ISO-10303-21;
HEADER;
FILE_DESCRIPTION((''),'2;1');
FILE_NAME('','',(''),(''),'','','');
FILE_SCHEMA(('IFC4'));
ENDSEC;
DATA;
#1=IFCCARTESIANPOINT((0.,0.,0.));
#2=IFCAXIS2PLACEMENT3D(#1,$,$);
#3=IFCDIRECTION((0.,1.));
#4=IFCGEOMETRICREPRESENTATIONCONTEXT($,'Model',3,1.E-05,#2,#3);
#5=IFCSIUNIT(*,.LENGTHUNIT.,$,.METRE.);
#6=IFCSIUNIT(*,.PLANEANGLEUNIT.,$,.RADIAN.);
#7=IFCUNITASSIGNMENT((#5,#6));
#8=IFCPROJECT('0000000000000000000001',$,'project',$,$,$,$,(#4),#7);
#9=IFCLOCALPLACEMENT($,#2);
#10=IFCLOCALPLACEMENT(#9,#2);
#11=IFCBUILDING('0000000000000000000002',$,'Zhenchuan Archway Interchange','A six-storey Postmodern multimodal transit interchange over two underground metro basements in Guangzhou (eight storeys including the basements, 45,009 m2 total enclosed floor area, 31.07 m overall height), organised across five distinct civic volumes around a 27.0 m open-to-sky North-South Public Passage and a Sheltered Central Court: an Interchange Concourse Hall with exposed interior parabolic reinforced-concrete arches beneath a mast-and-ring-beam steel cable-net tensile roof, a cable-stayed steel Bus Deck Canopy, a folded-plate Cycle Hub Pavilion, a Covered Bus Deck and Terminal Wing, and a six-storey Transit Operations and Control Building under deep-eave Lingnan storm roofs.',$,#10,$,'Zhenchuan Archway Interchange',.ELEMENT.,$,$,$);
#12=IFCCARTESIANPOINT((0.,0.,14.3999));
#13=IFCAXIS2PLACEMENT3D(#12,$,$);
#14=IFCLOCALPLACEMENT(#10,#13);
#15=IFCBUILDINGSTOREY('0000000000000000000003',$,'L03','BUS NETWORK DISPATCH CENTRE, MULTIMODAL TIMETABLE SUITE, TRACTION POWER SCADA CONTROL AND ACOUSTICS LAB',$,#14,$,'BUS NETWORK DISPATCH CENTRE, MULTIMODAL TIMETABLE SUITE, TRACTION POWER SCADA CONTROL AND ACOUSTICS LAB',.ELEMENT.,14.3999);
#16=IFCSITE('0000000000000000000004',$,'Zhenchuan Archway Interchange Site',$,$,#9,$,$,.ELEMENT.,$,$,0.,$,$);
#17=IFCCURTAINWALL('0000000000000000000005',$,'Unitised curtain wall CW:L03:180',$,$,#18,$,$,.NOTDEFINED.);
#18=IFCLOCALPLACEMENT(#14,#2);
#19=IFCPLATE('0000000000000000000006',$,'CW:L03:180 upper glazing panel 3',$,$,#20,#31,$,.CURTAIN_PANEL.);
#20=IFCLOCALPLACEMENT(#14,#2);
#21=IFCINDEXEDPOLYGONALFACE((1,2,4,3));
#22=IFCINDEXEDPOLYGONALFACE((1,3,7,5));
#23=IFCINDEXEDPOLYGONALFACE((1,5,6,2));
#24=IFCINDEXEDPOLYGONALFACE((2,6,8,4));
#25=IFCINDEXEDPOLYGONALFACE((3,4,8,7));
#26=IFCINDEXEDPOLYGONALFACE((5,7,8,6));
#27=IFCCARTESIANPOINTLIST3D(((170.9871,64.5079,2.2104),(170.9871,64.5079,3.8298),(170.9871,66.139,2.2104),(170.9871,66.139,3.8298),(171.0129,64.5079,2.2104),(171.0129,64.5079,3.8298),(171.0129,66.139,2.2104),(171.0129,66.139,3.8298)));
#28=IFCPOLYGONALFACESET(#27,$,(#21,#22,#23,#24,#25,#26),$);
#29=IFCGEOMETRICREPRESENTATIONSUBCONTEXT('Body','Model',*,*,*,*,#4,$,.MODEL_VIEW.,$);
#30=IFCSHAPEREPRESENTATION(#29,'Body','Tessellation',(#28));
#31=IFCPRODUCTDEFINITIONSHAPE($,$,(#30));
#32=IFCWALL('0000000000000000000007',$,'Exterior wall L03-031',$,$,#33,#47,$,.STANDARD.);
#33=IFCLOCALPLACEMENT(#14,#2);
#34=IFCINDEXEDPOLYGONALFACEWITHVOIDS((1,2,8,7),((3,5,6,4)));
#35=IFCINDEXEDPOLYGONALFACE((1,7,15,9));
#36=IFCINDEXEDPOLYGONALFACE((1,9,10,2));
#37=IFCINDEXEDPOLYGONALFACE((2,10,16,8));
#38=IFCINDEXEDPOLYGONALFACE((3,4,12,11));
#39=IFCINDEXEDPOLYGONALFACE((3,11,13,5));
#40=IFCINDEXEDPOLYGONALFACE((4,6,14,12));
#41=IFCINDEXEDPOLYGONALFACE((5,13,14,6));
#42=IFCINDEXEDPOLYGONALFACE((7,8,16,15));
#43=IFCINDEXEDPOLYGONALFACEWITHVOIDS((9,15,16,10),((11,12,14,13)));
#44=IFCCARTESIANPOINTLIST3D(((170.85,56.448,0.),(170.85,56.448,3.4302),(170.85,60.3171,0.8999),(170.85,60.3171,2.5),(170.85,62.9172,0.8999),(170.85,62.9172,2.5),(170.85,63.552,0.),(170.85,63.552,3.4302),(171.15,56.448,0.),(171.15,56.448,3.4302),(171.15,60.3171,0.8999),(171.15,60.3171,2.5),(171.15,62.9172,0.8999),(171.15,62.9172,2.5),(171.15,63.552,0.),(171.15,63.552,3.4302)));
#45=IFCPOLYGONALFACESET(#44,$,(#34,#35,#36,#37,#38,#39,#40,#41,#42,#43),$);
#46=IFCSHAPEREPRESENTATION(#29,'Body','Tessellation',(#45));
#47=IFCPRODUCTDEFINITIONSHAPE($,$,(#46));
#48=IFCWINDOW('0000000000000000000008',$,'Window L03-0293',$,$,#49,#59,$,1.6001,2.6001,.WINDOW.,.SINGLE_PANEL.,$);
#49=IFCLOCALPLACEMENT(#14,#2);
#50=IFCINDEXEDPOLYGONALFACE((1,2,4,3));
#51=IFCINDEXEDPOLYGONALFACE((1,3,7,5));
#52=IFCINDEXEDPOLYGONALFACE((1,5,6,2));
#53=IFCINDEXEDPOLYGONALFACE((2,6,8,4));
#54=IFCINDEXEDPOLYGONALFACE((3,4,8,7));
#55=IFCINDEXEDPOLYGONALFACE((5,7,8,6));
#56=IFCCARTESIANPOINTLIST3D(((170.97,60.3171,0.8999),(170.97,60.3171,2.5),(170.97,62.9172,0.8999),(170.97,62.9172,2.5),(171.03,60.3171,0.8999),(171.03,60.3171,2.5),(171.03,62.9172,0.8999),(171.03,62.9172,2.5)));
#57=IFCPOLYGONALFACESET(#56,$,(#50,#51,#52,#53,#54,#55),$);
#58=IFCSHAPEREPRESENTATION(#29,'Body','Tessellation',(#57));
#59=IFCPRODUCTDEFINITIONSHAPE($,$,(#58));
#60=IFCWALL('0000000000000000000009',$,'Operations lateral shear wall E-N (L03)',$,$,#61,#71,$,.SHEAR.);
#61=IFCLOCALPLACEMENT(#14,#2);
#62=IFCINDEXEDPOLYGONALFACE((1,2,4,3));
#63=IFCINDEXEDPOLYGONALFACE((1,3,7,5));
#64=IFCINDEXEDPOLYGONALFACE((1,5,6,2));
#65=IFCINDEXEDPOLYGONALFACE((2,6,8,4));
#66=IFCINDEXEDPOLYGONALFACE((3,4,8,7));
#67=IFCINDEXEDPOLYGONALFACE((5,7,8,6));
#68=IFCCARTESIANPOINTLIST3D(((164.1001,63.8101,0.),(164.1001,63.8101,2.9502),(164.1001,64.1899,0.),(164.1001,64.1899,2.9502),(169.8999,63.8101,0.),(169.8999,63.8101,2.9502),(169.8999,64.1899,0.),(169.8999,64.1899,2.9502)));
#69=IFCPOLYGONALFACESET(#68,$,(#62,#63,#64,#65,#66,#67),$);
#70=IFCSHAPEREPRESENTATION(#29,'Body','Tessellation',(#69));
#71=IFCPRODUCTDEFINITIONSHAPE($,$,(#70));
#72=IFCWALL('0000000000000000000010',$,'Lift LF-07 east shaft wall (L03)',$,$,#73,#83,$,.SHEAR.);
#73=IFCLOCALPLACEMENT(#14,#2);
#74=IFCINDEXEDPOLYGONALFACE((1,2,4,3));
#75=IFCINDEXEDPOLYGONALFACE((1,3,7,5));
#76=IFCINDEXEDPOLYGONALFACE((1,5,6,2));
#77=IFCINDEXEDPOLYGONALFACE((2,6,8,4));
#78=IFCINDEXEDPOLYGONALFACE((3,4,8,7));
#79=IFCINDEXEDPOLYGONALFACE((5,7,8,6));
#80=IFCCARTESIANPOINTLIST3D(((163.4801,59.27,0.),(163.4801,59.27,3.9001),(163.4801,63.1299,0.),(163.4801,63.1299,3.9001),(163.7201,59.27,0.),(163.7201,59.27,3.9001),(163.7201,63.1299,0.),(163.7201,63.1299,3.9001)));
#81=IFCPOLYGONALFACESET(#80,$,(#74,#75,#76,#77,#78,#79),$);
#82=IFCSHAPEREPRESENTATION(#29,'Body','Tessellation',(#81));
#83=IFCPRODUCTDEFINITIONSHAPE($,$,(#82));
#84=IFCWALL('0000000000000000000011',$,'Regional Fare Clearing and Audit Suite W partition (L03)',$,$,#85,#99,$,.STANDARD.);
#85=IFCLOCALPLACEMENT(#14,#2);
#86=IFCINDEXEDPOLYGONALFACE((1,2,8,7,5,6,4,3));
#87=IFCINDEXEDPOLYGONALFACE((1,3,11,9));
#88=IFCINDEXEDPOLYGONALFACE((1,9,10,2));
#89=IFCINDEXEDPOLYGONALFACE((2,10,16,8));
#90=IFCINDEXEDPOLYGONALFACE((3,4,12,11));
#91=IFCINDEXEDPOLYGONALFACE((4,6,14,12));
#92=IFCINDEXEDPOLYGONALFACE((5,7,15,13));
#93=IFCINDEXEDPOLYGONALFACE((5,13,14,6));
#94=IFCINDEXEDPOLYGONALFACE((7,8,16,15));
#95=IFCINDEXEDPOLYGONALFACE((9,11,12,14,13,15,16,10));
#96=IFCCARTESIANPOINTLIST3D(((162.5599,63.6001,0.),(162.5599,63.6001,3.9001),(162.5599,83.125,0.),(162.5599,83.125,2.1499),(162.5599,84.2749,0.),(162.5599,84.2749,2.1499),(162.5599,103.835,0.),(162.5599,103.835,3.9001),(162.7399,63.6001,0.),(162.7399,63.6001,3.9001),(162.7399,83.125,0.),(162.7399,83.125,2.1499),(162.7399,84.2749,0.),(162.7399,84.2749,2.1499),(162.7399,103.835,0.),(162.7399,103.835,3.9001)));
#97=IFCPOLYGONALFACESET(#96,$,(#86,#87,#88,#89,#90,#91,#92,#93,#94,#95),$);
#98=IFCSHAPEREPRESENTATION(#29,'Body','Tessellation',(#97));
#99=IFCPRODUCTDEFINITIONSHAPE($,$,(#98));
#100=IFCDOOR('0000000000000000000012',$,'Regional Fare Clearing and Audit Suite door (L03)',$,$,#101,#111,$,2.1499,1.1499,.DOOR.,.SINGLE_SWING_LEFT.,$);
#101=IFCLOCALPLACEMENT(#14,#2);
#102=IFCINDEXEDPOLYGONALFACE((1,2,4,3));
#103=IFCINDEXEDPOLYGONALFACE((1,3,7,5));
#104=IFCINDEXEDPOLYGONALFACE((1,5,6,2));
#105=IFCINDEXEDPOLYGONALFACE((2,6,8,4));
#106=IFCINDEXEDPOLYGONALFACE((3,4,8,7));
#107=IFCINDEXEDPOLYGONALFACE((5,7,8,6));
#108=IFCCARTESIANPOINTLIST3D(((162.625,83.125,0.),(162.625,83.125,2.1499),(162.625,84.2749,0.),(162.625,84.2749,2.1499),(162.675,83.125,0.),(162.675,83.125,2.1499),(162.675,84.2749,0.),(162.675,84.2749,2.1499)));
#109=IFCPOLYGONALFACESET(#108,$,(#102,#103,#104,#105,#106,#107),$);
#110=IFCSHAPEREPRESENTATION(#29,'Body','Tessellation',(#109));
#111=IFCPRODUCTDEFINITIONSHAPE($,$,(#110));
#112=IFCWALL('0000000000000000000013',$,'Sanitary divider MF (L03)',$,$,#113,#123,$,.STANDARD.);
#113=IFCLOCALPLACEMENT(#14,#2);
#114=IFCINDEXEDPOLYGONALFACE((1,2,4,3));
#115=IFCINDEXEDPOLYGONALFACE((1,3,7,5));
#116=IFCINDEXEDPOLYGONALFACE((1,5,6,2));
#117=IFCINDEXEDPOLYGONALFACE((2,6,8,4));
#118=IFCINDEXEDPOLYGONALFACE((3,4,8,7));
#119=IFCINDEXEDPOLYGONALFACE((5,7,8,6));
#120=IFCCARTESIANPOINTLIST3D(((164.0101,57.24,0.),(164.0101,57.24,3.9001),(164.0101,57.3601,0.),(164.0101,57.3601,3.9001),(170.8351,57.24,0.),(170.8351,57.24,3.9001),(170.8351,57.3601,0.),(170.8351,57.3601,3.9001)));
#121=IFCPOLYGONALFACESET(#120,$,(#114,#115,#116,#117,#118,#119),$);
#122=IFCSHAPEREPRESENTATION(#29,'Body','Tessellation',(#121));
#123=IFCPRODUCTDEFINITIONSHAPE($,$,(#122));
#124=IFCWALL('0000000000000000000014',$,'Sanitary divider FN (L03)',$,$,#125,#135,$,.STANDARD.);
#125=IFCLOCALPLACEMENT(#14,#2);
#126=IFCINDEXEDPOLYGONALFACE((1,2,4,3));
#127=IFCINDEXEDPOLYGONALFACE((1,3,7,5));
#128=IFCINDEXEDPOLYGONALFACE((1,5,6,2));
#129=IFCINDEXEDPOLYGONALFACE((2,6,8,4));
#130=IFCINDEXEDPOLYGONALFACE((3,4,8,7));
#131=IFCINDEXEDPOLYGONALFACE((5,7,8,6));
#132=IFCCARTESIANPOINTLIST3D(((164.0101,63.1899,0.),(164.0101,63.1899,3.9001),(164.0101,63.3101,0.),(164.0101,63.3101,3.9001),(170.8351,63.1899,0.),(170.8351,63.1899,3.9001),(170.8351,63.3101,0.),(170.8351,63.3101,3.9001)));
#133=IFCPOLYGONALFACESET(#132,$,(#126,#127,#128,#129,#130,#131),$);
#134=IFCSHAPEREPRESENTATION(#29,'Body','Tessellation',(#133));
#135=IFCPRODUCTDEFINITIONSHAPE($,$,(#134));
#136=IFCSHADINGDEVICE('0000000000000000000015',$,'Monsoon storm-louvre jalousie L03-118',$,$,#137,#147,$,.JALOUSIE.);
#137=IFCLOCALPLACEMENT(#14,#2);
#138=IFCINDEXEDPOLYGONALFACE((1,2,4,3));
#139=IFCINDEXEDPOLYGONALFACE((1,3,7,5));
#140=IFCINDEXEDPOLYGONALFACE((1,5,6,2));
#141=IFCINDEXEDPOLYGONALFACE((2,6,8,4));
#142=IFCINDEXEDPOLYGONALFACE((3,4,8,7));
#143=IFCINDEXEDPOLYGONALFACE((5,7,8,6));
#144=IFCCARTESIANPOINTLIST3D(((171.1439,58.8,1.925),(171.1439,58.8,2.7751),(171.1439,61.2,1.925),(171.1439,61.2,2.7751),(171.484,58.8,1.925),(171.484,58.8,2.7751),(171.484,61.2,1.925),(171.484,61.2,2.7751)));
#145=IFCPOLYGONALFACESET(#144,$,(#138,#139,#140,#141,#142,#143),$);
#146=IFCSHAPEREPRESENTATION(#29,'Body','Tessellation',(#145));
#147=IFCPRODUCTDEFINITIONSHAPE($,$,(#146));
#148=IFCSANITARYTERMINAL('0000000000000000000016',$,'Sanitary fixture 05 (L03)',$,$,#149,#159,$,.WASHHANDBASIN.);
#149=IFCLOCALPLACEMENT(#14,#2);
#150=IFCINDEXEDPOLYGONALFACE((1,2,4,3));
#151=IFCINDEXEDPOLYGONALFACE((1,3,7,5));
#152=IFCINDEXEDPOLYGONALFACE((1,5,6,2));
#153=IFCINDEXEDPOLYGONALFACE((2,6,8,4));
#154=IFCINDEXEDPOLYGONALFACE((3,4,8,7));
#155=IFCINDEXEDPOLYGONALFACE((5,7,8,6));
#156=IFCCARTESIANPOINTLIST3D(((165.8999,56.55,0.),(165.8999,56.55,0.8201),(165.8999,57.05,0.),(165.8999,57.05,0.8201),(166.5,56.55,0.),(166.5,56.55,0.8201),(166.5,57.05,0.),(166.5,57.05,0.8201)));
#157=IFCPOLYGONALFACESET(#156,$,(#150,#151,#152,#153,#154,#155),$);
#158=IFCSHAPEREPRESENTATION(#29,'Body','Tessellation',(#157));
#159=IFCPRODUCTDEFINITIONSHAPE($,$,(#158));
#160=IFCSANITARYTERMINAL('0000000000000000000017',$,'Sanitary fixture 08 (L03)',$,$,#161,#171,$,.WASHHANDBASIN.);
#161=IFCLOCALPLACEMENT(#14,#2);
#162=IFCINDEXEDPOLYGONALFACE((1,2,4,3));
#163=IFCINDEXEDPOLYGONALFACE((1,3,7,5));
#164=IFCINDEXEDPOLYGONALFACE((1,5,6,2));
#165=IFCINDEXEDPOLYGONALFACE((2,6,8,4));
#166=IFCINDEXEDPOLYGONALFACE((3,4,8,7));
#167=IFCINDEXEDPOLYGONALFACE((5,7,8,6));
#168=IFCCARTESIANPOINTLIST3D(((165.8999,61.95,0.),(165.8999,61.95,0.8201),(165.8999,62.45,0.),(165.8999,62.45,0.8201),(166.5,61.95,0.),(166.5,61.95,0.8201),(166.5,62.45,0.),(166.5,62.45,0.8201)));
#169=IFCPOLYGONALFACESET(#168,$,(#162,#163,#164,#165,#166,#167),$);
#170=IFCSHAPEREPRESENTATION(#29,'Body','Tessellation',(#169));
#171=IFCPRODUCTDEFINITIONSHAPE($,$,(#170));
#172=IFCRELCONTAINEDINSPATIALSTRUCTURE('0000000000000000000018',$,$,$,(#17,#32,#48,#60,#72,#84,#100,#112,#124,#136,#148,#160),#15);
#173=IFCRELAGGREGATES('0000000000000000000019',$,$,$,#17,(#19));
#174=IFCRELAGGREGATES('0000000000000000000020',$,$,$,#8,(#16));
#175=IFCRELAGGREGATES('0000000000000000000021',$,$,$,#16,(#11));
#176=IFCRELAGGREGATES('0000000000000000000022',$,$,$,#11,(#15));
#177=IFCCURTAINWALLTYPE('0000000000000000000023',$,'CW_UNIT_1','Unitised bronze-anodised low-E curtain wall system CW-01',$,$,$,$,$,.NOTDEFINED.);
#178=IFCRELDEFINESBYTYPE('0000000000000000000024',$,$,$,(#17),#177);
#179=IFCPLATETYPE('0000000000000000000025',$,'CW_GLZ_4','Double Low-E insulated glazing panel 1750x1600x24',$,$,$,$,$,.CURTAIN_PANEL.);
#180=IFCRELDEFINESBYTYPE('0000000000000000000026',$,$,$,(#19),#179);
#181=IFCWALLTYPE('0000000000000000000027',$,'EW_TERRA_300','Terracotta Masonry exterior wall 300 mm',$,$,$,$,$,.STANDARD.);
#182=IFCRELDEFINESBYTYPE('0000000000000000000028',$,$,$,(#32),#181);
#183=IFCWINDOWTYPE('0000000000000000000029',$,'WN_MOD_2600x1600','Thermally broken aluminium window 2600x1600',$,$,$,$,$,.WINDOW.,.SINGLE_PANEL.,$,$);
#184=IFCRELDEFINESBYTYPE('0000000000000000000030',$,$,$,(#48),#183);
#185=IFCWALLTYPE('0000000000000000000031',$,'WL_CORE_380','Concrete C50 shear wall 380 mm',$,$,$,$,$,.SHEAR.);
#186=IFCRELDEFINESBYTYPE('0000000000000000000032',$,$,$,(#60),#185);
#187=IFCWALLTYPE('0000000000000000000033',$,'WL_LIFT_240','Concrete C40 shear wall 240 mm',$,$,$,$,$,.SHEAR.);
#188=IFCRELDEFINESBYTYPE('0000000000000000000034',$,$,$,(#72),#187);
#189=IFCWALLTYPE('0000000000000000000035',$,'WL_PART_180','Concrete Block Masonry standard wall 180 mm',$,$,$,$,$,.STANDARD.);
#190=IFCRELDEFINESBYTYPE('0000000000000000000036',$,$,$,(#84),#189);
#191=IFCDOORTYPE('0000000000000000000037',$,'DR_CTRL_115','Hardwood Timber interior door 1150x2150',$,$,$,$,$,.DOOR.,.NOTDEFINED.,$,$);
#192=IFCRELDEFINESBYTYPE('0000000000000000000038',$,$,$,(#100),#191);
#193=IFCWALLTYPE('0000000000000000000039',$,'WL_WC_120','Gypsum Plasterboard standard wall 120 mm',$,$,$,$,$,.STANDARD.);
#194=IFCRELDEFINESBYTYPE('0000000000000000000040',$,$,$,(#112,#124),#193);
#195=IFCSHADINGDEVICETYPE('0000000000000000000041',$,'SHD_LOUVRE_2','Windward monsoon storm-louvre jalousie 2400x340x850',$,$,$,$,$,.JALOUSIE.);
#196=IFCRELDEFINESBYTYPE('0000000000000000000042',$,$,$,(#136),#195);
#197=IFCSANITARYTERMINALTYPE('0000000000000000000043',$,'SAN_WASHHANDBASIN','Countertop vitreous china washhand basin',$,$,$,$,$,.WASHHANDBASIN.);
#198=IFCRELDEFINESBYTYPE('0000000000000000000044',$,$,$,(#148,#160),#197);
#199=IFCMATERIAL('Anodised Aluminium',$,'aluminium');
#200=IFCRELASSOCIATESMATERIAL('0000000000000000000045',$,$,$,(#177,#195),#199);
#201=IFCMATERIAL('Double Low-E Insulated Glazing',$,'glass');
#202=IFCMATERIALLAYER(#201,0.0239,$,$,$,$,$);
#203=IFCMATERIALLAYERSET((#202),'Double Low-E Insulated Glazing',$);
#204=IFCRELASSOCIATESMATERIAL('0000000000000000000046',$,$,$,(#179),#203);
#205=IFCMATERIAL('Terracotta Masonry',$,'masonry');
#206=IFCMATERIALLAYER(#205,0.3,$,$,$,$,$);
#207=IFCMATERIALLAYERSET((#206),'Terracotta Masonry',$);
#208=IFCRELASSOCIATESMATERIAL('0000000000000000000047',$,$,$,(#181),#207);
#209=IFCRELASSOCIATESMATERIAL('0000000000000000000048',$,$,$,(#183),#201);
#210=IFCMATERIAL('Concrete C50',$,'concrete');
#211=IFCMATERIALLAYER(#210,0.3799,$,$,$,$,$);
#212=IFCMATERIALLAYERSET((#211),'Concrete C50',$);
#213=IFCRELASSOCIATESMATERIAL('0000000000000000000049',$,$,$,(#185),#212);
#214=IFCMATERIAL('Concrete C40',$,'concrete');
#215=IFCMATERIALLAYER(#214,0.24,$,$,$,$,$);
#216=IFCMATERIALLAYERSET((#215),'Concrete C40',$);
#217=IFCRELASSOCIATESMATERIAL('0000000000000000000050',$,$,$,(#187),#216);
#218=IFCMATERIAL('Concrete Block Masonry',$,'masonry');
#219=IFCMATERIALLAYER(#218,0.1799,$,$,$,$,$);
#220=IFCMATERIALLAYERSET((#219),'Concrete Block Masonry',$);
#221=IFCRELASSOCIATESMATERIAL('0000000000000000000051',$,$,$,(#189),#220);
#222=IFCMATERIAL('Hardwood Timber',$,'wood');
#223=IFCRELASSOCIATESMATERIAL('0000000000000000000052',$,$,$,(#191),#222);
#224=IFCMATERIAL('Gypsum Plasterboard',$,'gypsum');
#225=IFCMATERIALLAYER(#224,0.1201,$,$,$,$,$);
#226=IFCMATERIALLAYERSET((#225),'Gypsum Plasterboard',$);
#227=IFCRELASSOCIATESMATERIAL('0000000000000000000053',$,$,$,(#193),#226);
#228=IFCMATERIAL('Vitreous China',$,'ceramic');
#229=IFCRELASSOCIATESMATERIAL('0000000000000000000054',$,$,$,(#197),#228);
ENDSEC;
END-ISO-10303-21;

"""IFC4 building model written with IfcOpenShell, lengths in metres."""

from ifc_helpers import new_model, si_unit, direction, frame, frame_2d, origin, origin_2d, place, context, subcontext, project, spatial, rectangle, extrude, material, layer, layer_set, type_object, element, fill, aggregate, save


model = new_model("IFC4")

# Units and contexts
model_context = context("Model", 3, precision=1e-05, world=origin(), true_north=direction((0.0, 1.0)))
body_context = subcontext(model_context, "Body", "Model", "MODEL_VIEW")
ifc_project = project(units=[si_unit("LENGTHUNIT", "METRE"), si_unit("PLANEANGLEUNIT", "RADIAN")], contexts=[model_context])

# Site, building, storey
site_placement = place(None, origin())
site = spatial("IfcSite", under=ifc_project, at=site_placement, Name="Zhenchuan Archway Interchange Site", CompositionType="ELEMENT", RefElevation=0.0)
building_placement = place(site_placement, origin())
building = spatial("IfcBuilding", under=site, at=building_placement, Name="Zhenchuan Archway Interchange", Description="A six-storey Postmodern multimodal transit interchange over two underground metro basements in Guangzhou (eight storeys including the basements, 45,009 m2 total enclosed floor area, 31.07 m overall height), organised across five distinct civic volumes around a 27.0 m open-to-sky North-South Public Passage and a Sheltered Central Court: an Interchange Concourse Hall with exposed interior parabolic reinforced-concrete arches beneath a mast-and-ring-beam steel cable-net tensile roof, a cable-stayed steel Bus Deck Canopy, a folded-plate Cycle Hub Pavilion, a Covered Bus Deck and Terminal Wing, and a six-storey Transit Operations and Control Building under deep-eave Lingnan storm roofs.", LongName="Zhenchuan Archway Interchange", CompositionType="ELEMENT")
storey_placement = place(building_placement, frame((0.0, 0.0, 14.3999)))
storey = spatial("IfcBuildingStorey", under=building, at=storey_placement, Name="L03", Description="BUS NETWORK DISPATCH CENTRE, MULTIMODAL TIMETABLE SUITE, TRACTION POWER SCADA CONTROL AND ACOUSTICS LAB", LongName="BUS NETWORK DISPATCH CENTRE, MULTIMODAL TIMETABLE SUITE, TRACTION POWER SCADA CONTROL AND ACOUSTICS LAB", CompositionType="ELEMENT", Elevation=14.3999)

# Shared definitions
ifc_material_1 = material(Name="Concrete C40", Category="concrete")

# Curtain wall
ifc_material_2 = material(Name="Anodised Aluminium", Category="aluminium")
curtain_wall_type = type_object("IfcCurtainWallType", Name="CW_UNIT_1", Description="Unitised bronze-anodised low-E curtain wall system CW-01", PredefinedType="NOTDEFINED", material=ifc_material_2)
curtain_wall_placement = place(storey_placement, origin())
curtain_wall = element("IfcCurtainWall", 1, at=curtain_wall_placement, inside=storey, type_object=curtain_wall_type, Name="Unitised curtain wall CW:L03:180", PredefinedType="NOTDEFINED")

# Plate
ifc_material_3 = material(Name="Double Low-E Insulated Glazing", Category="glass")
ifc_layer_1 = layer(ifc_material_3, 0.0239)
ifc_layer_set_1 = layer_set([ifc_layer_1], Name="Double Low-E Insulated Glazing")
plate_type_1 = type_object("IfcPlateType", Name="CW_GLZ_4", Description="Double Low-E insulated glazing panel 1750x1600x24", PredefinedType="CURTAIN_PANEL", material=ifc_layer_set_1)
plate_1_placement = place(storey_placement, frame((171.0, 65.3235, 2.2104), z_axis=(0.0, 0.0, 1.0), x_axis=(0.0, -1.0, 0.0)))
plate_1 = element("IfcPlate", 2, at=plate_1_placement, type_object=plate_type_1, Name="CW:L03:180 upper glazing panel 3", PredefinedType="CURTAIN_PANEL", context=body_context, shape_type="SweptSolid", body=[
    extrude(rectangle(XDim=1.6311, YDim=0.0259, at=origin_2d()), origin(), (0.0, 0.0, 1.0), 1.6194),
])
aggregate(curtain_wall, [plate_1])

# Wall, opening, window
ifc_material_4 = material(Name="Terracotta Masonry", Category="masonry")
ifc_layer_2 = layer(ifc_material_4, 0.3)
ifc_layer_set_2 = layer_set([ifc_layer_2], Name="Terracotta Masonry")
wall_type_1 = type_object("IfcWallType", Name="EW_TERRA_300", Description="Terracotta Masonry exterior wall 300 mm", PredefinedType="STANDARD", material=ifc_layer_set_2)
wall_1_placement = place(storey_placement, frame((171.0, 63.552, 0.0), z_axis=(0.0, 0.0, 1.0), x_axis=(0.0, -1.0, 0.0)))
wall_1 = element("IfcWall", 3, at=wall_1_placement, inside=storey, type_object=wall_type_1, Name="Exterior wall L03-031", PredefinedType="STANDARD", context=body_context, shape_type="SweptSolid", body=[
    extrude(rectangle(XDim=7.104, YDim=0.3, at=frame_2d((3.552, 0.0))), origin(), (0.0, 0.0, 1.0), 3.4302),
])
opening_1_placement = place(wall_1_placement, frame((0.6348, 0.0, 0.8999)))
opening_1 = element("IfcOpeningElement", 4, at=opening_1_placement, cuts=wall_1, PredefinedType="OPENING", context=body_context, shape_type="SweptSolid", body=[
    extrude(rectangle(XDim=2.6001, YDim=1.6001, at=frame_2d((1.3, 0.8))), frame((0.0, 0.1621, 0.0), z_axis=(0.0, -1.0, 0.0), x_axis=(1.0, 0.0, 0.0)), (0.0, 0.0, 1.0), 0.324),
])
window_type = type_object("IfcWindowType", Name="WN_MOD_2600x1600", Description="Thermally broken aluminium window 2600x1600", PartitioningType="SINGLE_PANEL", PredefinedType="WINDOW", material=ifc_material_3)
window_placement = place(opening_1_placement, origin())
window = element("IfcWindow", 5, at=window_placement, inside=storey, type_object=window_type, Name="Window L03-0293", OverallHeight=1.6001, OverallWidth=2.6001, PartitioningType="SINGLE_PANEL", PredefinedType="WINDOW", context=body_context, shape_type="SweptSolid", body=[
    extrude(rectangle(XDim=2.6001, YDim=1.6001, at=frame_2d((1.3, 0.8))), frame((0.0, 0.03, 0.0), z_axis=(0.0, -1.0, 0.0), x_axis=(1.0, 0.0, 0.0)), (0.0, 0.0, 1.0), 0.0601),
])
fill(opening_1, window)

# Walls
ifc_material_5 = material(Name="Concrete C50", Category="concrete")
ifc_layer_3 = layer(ifc_material_5, 0.3799)
ifc_layer_set_3 = layer_set([ifc_layer_3], Name="Concrete C50")
wall_type_2 = type_object("IfcWallType", Name="WL_CORE_380", Description="Concrete C50 shear wall 380 mm", PredefinedType="SHEAR", material=ifc_layer_set_3)
wall_2_placement = place(storey_placement, frame((164.1001, 64.0, 0.0), z_axis=(0.0, 0.0, 1.0), x_axis=(1.0, 0.0, 0.0)))
element("IfcWall", 6, at=wall_2_placement, inside=storey, type_object=wall_type_2, Name="Operations lateral shear wall E-N (L03)", PredefinedType="SHEAR", context=body_context, shape_type="SweptSolid", body=[
    extrude(rectangle(XDim=5.7998, YDim=0.3799, at=frame_2d((2.8999, 0.0))), origin(), (0.0, 0.0, 1.0), 2.9502),
])
ifc_layer_4 = layer(ifc_material_1, 0.24)
ifc_layer_set_4 = layer_set([ifc_layer_4], Name="Concrete C40")
wall_type_3 = type_object("IfcWallType", Name="WL_LIFT_240", Description="Concrete C40 shear wall 240 mm", PredefinedType="SHEAR", material=ifc_layer_set_4)
wall_3_placement = place(storey_placement, frame((163.6001, 59.27, 0.0), z_axis=(0.0, 0.0, 1.0), x_axis=(0.0, 1.0, 0.0)))
element("IfcWall", 7, at=wall_3_placement, inside=storey, type_object=wall_type_3, Name="Lift LF-07 east shaft wall (L03)", PredefinedType="SHEAR", context=body_context, shape_type="SweptSolid", body=[
    extrude(rectangle(XDim=3.8599, YDim=0.24, at=frame_2d((1.9299, 0.0))), origin(), (0.0, 0.0, 1.0), 3.9001),
])

# Wall, opening, door
ifc_material_6 = material(Name="Concrete Block Masonry", Category="masonry")
ifc_layer_5 = layer(ifc_material_6, 0.1799)
ifc_layer_set_5 = layer_set([ifc_layer_5], Name="Concrete Block Masonry")
wall_type_4 = type_object("IfcWallType", Name="WL_PART_180", Description="Concrete Block Masonry standard wall 180 mm", PredefinedType="STANDARD", material=ifc_layer_set_5)
wall_4_placement = place(storey_placement, frame((162.6499, 63.6001, 0.0), z_axis=(0.0, 0.0, 1.0), x_axis=(0.0, 1.0, 0.0)))
wall_4 = element("IfcWall", 8, at=wall_4_placement, inside=storey, type_object=wall_type_4, Name="Regional Fare Clearing and Audit Suite W partition (L03)", PredefinedType="STANDARD", context=body_context, shape_type="SweptSolid", body=[
    extrude(rectangle(XDim=40.2349, YDim=0.1799, at=frame_2d((20.1174, 0.0))), origin(), (0.0, 0.0, 1.0), 3.9001),
])
opening_2_placement = place(wall_4_placement, frame((19.5249, 0.0, 0.0)))
opening_2 = element("IfcOpeningElement", 9, at=opening_2_placement, cuts=wall_4, PredefinedType="OPENING", context=body_context, shape_type="SweptSolid", body=[
    extrude(rectangle(XDim=1.1499, YDim=2.1499, at=frame_2d((0.575, 1.075))), frame((0.0, 0.1021, 0.0), z_axis=(0.0, -1.0, 0.0), x_axis=(1.0, 0.0, 0.0)), (0.0, 0.0, 1.0), 0.2039),
])
ifc_material_7 = material(Name="Hardwood Timber", Category="wood")
door_type = type_object("IfcDoorType", Name="DR_CTRL_115", Description="Hardwood Timber interior door 1150x2150", OperationType="NOTDEFINED", PredefinedType="DOOR", material=ifc_material_7)
door_placement = place(opening_2_placement, origin())
door = element("IfcDoor", 10, at=door_placement, inside=storey, type_object=door_type, Name="Regional Fare Clearing and Audit Suite door (L03)", OperationType="SINGLE_SWING_LEFT", OverallHeight=2.1499, OverallWidth=1.1499, PredefinedType="DOOR", context=body_context, shape_type="SweptSolid", body=[
    extrude(rectangle(XDim=1.1499, YDim=2.1499, at=frame_2d((0.575, 1.075))), frame((0.0, 0.0249, 0.0), z_axis=(0.0, -1.0, 0.0), x_axis=(1.0, 0.0, 0.0)), (0.0, 0.0, 1.0), 0.05),
])
fill(opening_2, door)

# Walls
ifc_material_8 = material(Name="Gypsum Plasterboard", Category="gypsum")
ifc_layer_6 = layer(ifc_material_8, 0.1201)
ifc_layer_set_6 = layer_set([ifc_layer_6], Name="Gypsum Plasterboard")
wall_type_5 = type_object("IfcWallType", Name="WL_WC_120", Description="Gypsum Plasterboard standard wall 120 mm", PredefinedType="STANDARD", material=ifc_layer_set_6)
for number, where, z_axis, x_axis, name in (
    (11, (164.01, 57.3, 0.0), (0.0, 0.0, 1.0), (1.0, 0.0, 0.0), "Sanitary divider MF (L03)"),
    (12, (164.01, 63.25, 0.0), (0.0, 0.0, 1.0), (1.0, 0.0, 0.0), "Sanitary divider FN (L03)"),
):
    element("IfcWall", number, at=place(storey_placement, frame(where, z_axis=z_axis, x_axis=x_axis)), inside=storey, type_object=wall_type_5, Name=name, PredefinedType="STANDARD", context=body_context, shape_type="SweptSolid", body=[
        extrude(rectangle(XDim=6.825, YDim=0.1201, at=frame_2d((3.4126, 0.0))), origin(), (0.0, 0.0, 1.0), 3.9001),
    ])

# Shading device
shading_device_type = type_object("IfcShadingDeviceType", Name="SHD_LOUVRE_2", Description="Windward monsoon storm-louvre jalousie 2400x340x850", PredefinedType="JALOUSIE", material=ifc_material_2)
shading_device_placement = place(storey_placement, frame((171.314, 60.0, 1.925), z_axis=(0.0, 0.0, 1.0), x_axis=(0.0, -1.0, 0.0)))
element("IfcShadingDevice", 13, at=shading_device_placement, inside=storey, type_object=shading_device_type, Name="Monsoon storm-louvre jalousie L03-118", PredefinedType="JALOUSIE", context=body_context, shape_type="SweptSolid", body=[
    extrude(rectangle(XDim=2.3999, YDim=0.3401, at=origin_2d()), origin(), (0.0, 0.0, 1.0), 0.8501),
])

# Sanitary terminals
ifc_material_9 = material(Name="Vitreous China", Category="ceramic")
sanitary_terminal_type_1 = type_object("IfcSanitaryTerminalType", Name="SAN_WASHHANDBASIN", Description="Countertop vitreous china washhand basin", PredefinedType="WASHHANDBASIN", material=ifc_material_9)
for number, where, z_axis, x_axis, name in (
    (14, (166.2, 56.8, 0.0), (0.0, 0.0, 1.0), (1.0, 0.0, 0.0), "Sanitary fixture 05 (L03)"),
    (15, (166.2, 62.2, 0.0), (0.0, 0.0, 1.0), (1.0, 0.0, 0.0), "Sanitary fixture 08 (L03)"),
):
    element("IfcSanitaryTerminal", number, at=place(storey_placement, frame(where, z_axis=z_axis, x_axis=x_axis)), inside=storey, type_object=sanitary_terminal_type_1, Name=name, PredefinedType="WASHHANDBASIN", context=body_context, shape_type="SweptSolid", body=[
        extrude(rectangle(XDim=0.6001, YDim=0.5, at=origin_2d()), origin(), (0.0, 0.0, 1.0), 0.8201),
    ])

save(model, "model.ifc")
